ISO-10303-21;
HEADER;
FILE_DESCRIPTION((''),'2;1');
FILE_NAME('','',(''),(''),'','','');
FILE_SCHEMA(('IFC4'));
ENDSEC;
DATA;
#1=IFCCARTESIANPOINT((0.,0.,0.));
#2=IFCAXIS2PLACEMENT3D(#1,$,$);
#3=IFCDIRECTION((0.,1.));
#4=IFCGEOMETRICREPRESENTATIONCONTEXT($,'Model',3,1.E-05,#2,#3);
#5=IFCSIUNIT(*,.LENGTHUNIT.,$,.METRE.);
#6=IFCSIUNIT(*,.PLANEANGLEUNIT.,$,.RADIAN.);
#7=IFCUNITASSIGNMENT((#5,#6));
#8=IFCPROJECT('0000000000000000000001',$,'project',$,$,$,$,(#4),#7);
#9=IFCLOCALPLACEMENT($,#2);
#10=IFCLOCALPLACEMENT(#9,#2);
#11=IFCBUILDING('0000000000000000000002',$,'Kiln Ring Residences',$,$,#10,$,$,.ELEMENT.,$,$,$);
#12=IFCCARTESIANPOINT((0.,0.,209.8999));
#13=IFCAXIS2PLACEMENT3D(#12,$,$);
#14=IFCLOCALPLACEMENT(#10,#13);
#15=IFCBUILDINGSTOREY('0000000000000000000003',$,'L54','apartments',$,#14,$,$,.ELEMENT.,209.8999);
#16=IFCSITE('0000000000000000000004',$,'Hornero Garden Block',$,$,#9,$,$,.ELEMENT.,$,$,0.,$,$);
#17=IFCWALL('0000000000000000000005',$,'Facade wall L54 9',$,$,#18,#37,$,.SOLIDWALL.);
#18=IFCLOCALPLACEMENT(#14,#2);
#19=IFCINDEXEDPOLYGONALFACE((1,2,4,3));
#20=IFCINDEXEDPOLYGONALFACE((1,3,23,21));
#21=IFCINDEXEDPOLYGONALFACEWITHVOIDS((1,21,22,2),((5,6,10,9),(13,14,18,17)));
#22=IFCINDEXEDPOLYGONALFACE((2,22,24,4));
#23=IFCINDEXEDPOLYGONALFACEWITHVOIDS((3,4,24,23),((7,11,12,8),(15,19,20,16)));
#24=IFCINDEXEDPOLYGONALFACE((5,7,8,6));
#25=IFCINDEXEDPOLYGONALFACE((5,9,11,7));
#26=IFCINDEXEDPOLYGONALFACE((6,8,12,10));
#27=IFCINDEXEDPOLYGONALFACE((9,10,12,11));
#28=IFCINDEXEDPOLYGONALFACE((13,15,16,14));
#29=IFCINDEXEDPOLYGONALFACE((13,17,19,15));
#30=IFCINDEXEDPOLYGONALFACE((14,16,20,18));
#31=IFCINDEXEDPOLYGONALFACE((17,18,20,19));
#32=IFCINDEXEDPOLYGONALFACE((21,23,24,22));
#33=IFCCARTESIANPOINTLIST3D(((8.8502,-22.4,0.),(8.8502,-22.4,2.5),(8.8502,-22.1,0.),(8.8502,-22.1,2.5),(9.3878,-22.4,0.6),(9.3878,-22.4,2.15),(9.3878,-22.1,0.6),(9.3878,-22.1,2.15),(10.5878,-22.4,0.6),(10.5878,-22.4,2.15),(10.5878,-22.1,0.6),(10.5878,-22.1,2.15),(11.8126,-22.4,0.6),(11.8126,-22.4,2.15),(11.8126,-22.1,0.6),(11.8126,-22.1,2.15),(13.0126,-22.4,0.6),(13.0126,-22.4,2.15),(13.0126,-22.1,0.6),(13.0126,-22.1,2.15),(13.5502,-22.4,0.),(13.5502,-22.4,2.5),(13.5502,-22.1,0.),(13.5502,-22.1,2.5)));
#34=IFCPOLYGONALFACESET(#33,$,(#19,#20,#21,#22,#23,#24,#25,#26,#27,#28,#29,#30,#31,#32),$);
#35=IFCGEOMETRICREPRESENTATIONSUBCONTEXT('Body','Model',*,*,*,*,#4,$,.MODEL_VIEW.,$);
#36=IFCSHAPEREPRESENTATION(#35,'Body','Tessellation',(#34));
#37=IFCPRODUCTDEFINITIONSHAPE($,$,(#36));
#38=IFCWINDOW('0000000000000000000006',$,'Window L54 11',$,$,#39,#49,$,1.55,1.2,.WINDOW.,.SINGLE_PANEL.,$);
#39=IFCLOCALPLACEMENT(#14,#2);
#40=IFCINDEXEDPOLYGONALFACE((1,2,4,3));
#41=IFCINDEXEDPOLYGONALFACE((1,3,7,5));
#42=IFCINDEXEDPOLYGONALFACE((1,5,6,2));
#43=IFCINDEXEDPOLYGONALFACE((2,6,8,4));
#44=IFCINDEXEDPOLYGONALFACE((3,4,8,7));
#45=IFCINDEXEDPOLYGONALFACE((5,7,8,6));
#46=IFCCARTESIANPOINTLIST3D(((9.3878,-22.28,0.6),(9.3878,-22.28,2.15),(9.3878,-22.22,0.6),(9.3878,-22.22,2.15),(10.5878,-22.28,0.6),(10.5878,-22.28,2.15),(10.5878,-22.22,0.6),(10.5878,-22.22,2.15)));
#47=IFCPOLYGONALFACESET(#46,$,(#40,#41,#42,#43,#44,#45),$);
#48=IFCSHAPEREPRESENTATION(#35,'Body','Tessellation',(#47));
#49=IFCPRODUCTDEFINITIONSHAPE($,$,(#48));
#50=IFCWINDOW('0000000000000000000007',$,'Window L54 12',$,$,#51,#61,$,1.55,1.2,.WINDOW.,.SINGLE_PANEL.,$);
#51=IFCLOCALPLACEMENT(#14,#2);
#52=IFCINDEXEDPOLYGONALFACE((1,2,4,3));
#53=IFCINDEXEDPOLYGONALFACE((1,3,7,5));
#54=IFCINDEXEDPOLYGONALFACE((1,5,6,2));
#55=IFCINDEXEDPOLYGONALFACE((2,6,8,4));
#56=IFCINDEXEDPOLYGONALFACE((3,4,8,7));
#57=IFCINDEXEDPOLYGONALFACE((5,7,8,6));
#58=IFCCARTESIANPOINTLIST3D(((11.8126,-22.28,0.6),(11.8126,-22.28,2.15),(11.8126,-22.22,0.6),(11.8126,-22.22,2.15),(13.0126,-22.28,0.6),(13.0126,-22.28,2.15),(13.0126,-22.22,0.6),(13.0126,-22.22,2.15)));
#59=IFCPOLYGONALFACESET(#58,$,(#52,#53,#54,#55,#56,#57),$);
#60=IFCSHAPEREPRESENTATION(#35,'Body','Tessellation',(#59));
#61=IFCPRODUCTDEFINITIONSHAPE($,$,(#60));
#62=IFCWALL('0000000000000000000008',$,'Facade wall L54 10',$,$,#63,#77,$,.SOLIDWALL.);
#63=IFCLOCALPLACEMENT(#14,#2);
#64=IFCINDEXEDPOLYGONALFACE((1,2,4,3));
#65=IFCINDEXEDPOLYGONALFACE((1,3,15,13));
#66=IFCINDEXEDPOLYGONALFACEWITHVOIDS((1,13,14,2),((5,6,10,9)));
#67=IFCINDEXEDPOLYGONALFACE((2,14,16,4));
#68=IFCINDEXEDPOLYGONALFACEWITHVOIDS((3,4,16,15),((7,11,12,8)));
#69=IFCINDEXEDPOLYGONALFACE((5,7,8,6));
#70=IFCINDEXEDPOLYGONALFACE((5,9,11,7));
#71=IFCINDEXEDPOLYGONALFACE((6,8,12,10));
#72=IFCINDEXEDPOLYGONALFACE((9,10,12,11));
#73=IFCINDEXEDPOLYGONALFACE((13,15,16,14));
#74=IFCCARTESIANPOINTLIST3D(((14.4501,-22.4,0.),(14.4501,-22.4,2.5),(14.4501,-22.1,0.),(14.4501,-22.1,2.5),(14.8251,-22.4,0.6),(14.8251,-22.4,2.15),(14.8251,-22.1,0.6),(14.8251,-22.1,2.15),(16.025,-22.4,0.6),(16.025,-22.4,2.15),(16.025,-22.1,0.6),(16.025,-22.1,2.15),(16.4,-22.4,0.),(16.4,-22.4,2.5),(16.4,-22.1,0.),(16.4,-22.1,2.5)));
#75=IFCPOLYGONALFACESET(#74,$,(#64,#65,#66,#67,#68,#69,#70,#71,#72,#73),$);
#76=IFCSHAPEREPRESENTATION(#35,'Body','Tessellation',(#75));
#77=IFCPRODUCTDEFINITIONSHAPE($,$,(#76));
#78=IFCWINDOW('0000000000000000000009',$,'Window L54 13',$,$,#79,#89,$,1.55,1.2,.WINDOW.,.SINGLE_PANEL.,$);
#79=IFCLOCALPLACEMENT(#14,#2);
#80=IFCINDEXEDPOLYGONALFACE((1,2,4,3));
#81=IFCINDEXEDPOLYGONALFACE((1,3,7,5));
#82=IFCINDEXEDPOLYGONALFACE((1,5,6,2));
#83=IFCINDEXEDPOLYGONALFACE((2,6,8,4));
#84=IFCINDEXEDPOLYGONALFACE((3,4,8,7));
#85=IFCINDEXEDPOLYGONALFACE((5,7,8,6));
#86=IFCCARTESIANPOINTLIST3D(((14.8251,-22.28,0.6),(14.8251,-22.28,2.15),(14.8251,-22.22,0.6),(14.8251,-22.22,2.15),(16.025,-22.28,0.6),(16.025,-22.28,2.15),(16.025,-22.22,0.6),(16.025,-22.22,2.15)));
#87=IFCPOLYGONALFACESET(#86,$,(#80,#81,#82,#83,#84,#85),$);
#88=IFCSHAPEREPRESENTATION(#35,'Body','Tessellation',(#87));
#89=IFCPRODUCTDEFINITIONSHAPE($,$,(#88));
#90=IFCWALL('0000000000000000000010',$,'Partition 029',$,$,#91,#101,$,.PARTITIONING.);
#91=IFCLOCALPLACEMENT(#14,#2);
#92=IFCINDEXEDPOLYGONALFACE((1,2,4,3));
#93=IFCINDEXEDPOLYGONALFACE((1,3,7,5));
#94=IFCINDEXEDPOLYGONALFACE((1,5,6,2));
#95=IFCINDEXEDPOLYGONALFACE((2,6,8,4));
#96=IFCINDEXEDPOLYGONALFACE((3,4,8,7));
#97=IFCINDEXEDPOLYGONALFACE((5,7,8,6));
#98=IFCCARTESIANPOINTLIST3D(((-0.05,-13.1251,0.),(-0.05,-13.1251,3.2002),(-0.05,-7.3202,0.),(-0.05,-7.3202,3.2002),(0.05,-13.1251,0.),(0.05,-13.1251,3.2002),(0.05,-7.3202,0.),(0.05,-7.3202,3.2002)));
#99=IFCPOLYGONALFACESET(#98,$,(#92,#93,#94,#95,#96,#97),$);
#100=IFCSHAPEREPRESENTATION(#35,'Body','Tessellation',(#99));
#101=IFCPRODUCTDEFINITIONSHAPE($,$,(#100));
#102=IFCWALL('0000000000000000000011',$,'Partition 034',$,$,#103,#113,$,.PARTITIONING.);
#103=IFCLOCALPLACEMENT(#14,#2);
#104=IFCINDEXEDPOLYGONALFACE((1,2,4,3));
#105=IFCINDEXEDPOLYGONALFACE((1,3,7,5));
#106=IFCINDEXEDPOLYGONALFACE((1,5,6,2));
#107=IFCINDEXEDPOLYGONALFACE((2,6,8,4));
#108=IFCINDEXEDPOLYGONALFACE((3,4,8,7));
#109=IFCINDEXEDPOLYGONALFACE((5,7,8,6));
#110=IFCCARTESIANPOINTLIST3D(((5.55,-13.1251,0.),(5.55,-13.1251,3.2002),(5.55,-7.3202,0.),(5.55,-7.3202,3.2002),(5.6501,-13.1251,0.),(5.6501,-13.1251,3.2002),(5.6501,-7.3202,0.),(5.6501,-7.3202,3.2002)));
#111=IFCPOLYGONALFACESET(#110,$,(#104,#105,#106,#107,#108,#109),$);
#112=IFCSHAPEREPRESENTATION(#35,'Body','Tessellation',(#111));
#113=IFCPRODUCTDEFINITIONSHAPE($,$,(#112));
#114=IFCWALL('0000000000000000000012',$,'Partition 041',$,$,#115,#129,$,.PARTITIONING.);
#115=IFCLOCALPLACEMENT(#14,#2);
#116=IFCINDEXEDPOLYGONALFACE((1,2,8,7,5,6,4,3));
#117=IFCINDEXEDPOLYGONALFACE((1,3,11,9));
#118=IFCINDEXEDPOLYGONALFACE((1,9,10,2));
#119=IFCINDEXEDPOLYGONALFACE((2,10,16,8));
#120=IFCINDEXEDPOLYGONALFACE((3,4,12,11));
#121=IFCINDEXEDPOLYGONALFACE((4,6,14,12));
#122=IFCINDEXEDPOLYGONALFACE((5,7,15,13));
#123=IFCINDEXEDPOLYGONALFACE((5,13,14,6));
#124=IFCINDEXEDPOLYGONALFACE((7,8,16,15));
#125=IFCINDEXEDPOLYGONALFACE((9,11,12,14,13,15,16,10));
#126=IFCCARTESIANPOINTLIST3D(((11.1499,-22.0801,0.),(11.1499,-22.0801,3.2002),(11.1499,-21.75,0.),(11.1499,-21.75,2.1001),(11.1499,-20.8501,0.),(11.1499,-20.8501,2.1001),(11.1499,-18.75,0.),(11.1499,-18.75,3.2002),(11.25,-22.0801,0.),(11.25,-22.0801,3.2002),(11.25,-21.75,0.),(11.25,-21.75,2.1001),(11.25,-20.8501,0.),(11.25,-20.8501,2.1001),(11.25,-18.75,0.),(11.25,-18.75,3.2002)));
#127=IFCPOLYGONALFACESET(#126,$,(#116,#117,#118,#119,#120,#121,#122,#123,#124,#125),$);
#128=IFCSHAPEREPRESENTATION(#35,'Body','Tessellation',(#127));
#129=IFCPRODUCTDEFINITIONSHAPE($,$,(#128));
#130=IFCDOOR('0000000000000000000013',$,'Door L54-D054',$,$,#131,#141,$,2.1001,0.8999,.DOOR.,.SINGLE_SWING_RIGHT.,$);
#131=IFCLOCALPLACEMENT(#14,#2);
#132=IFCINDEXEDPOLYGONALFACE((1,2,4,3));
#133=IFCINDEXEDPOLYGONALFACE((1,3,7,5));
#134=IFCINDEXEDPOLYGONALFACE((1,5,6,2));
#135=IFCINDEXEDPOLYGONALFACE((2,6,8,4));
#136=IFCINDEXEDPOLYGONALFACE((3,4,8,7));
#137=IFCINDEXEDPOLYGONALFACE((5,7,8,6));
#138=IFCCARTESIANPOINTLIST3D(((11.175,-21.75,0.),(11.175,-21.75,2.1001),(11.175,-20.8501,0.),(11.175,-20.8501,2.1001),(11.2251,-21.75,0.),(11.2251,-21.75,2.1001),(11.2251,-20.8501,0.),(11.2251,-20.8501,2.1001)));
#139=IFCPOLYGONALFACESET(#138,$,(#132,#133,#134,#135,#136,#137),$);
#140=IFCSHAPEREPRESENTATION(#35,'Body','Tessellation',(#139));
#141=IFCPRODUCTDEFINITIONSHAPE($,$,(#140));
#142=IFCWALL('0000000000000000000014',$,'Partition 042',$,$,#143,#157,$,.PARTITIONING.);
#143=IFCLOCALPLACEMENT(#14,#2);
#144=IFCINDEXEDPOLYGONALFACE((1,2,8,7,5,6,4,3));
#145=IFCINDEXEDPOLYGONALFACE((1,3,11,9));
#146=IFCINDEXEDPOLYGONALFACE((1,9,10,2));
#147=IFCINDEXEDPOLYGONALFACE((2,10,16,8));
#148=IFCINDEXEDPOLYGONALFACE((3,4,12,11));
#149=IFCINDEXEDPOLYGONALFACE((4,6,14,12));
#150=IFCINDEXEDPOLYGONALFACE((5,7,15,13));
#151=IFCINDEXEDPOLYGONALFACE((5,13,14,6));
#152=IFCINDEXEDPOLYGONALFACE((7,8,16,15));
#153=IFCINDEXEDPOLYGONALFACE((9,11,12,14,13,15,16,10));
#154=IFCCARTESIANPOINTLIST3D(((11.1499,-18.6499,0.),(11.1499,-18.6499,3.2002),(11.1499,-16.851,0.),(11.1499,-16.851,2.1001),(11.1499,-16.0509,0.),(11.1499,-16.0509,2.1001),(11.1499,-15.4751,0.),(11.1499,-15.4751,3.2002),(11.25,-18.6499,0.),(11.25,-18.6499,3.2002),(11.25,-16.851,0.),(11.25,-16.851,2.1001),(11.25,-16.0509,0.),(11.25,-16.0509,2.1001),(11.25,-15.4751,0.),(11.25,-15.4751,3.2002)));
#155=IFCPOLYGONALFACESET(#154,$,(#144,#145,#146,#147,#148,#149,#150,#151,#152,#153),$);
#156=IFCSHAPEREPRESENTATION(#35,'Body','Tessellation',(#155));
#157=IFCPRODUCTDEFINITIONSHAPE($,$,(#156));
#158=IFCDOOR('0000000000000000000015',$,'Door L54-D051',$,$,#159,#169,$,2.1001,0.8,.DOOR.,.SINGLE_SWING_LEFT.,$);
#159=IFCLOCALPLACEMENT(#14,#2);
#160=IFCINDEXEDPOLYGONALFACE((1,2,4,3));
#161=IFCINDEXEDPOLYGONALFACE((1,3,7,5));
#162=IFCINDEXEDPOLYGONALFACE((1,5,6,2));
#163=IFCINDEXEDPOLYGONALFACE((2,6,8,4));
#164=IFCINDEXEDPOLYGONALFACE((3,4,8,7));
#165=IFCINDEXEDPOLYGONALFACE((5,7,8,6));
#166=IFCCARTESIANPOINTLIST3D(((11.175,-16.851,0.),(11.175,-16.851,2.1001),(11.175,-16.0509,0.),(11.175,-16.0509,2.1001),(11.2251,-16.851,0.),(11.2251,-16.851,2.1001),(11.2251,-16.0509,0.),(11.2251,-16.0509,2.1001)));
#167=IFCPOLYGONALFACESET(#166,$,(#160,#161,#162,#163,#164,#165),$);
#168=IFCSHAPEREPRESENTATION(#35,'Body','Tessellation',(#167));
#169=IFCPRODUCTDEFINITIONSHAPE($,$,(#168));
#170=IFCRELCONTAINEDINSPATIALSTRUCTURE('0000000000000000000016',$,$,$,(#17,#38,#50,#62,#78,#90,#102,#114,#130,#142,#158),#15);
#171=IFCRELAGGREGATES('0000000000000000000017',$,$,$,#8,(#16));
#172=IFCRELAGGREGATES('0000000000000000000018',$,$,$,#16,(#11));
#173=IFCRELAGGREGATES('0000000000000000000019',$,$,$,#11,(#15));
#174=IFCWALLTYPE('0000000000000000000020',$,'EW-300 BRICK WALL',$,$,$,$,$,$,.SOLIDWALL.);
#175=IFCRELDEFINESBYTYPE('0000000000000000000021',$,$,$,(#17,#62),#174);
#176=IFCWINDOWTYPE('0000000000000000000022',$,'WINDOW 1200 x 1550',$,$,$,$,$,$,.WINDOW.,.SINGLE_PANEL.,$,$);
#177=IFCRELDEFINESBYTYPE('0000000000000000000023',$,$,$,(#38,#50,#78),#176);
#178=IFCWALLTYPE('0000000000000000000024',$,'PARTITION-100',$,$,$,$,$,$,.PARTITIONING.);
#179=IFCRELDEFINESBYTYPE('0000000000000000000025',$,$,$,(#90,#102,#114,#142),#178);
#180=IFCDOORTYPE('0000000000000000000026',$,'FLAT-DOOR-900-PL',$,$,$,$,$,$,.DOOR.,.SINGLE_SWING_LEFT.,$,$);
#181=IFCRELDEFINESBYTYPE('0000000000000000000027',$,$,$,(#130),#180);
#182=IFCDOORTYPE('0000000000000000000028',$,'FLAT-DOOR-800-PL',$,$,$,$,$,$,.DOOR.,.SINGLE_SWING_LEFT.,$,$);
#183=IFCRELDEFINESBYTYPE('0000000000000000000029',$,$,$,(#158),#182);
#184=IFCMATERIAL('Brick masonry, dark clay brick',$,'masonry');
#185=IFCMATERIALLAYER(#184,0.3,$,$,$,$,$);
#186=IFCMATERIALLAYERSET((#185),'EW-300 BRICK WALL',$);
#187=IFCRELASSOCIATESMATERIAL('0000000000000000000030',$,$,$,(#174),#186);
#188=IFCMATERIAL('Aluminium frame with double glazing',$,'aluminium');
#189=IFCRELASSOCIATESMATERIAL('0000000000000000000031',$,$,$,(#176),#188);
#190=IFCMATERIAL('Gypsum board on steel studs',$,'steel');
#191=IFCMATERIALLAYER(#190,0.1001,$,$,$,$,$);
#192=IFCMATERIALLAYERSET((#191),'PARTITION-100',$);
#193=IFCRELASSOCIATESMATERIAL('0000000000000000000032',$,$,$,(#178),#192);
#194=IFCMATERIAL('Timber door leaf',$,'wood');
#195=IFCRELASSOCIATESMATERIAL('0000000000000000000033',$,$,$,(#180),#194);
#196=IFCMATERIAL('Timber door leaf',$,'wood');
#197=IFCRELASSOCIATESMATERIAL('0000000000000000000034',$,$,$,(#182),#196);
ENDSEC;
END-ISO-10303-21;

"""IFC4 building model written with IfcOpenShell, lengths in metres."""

from ifc_helpers import new_model, si_unit, direction, frame, frame_2d, origin, place, context, subcontext, project, spatial, rectangle, extrude, material, layer, layer_set, type_object, element, fill, save


model = new_model("IFC4")

# Units and contexts
model_context = context("Model", 3, precision=1e-05, world=origin(), true_north=direction((0.0, 1.0)))
body_context = subcontext(model_context, "Body", "Model", "MODEL_VIEW")
ifc_project = project(units=[si_unit("LENGTHUNIT", "METRE"), si_unit("PLANEANGLEUNIT", "RADIAN")], contexts=[model_context])

# Site, building, storey
site_placement = place(None, origin())
site = spatial("IfcSite", under=ifc_project, at=site_placement, Name="Hornero Garden Block", CompositionType="ELEMENT", RefElevation=0.0)
building_placement = place(site_placement, origin())
building = spatial("IfcBuilding", under=site, at=building_placement, Name="Kiln Ring Residences", CompositionType="ELEMENT")
storey_placement = place(building_placement, frame((0.0, 0.0, 209.8999)))
storey = spatial("IfcBuildingStorey", under=building, at=storey_placement, Name="L54", Description="apartments", CompositionType="ELEMENT", Elevation=209.8999)

# Wall, openings, windows
ifc_material_1 = material(Name="Brick masonry, dark clay brick", Category="masonry")
ifc_layer_1 = layer(ifc_material_1, 0.3)
ifc_layer_set_1 = layer_set([ifc_layer_1], Name="EW-300 BRICK WALL")
wall_type_1 = type_object("IfcWallType", Name="EW-300 BRICK WALL", PredefinedType="SOLIDWALL", material=ifc_layer_set_1)
ifc_material_2 = material(Name="Aluminium frame with double glazing", Category="aluminium")
window_type = type_object("IfcWindowType", Name="WINDOW 1200 x 1550", PartitioningType="SINGLE_PANEL", PredefinedType="WINDOW", material=ifc_material_2)
wall_1_placement = place(storey_placement, frame((8.8501, -22.25, 0.0), z_axis=(0.0, 0.0, 1.0), x_axis=(1.0, 0.0, 0.0)))
wall_1 = element("IfcWall", 1, at=wall_1_placement, inside=storey, type_object=wall_type_1, Name="Facade wall L54 9", PredefinedType="SOLIDWALL", context=body_context, shape_type="SweptSolid", body=[
    extrude(rectangle(XDim=4.7, YDim=0.3, at=frame_2d((2.3501, 0.0))), origin(), (0.0, 0.0, 1.0), 2.5),
])
opening_1_placement = place(wall_1_placement, frame((0.5376, 0.0, 0.6001)))
opening_1 = element("IfcOpeningElement", 2, at=opening_1_placement, cuts=wall_1, PredefinedType="OPENING", context=body_context, shape_type="SweptSolid", body=[
    extrude(rectangle(XDim=1.2, YDim=1.55, at=frame_2d((0.6001, 0.7749))), frame((0.0, 0.1599, 0.0), z_axis=(0.0, -1.0, 0.0), x_axis=(1.0, 0.0, 0.0)), (0.0, 0.0, 1.0), 0.3201),
])
opening_2_placement = place(wall_1_placement, frame((2.9624, 0.0, 0.6001)))
opening_2 = element("IfcOpeningElement", 3, at=opening_2_placement, cuts=wall_1, PredefinedType="OPENING", context=body_context, shape_type="SweptSolid", body=[
    extrude(rectangle(XDim=1.2, YDim=1.55, at=frame_2d((0.6001, 0.7749))), frame((0.0, 0.1599, 0.0), z_axis=(0.0, -1.0, 0.0), x_axis=(1.0, 0.0, 0.0)), (0.0, 0.0, 1.0), 0.3201),
])
window_1_placement = place(opening_1_placement, origin())
window_1 = element("IfcWindow", 4, at=window_1_placement, inside=storey, type_object=window_type, Name="Window L54 11", OverallHeight=1.55, OverallWidth=1.2, PartitioningType="SINGLE_PANEL", PredefinedType="WINDOW", context=body_context, shape_type="SweptSolid", body=[
    extrude(rectangle(XDim=1.2, YDim=1.55, at=frame_2d((0.6001, 0.7749))), frame((0.0, 0.03, 0.0), z_axis=(0.0, -1.0, 0.0), x_axis=(1.0, 0.0, 0.0)), (0.0, 0.0, 1.0), 0.0601),
])
fill(opening_1, window_1)
window_2_placement = place(opening_2_placement, origin())
window_2 = element("IfcWindow", 5, at=window_2_placement, inside=storey, type_object=window_type, Name="Window L54 12", OverallHeight=1.55, OverallWidth=1.2, PartitioningType="SINGLE_PANEL", PredefinedType="WINDOW", context=body_context, shape_type="SweptSolid", body=[
    extrude(rectangle(XDim=1.2, YDim=1.55, at=frame_2d((0.6001, 0.7749))), frame((0.0, 0.03, 0.0), z_axis=(0.0, -1.0, 0.0), x_axis=(1.0, 0.0, 0.0)), (0.0, 0.0, 1.0), 0.0601),
])
fill(opening_2, window_2)

# Wall, opening, window
wall_2_placement = place(storey_placement, frame((14.45, -22.25, 0.0), z_axis=(0.0, 0.0, 1.0), x_axis=(1.0, 0.0, 0.0)))
wall_2 = element("IfcWall", 6, at=wall_2_placement, inside=storey, type_object=wall_type_1, Name="Facade wall L54 10", PredefinedType="SOLIDWALL", context=body_context, shape_type="SweptSolid", body=[
    extrude(rectangle(XDim=1.95, YDim=0.3, at=frame_2d((0.9751, 0.0))), origin(), (0.0, 0.0, 1.0), 2.5),
])
opening_3_placement = place(wall_2_placement, frame((0.375, 0.0, 0.6001)))
opening_3 = element("IfcOpeningElement", 7, at=opening_3_placement, cuts=wall_2, PredefinedType="OPENING", context=body_context, shape_type="SweptSolid", body=[
    extrude(rectangle(XDim=1.2, YDim=1.55, at=frame_2d((0.6001, 0.7749))), frame((0.0, 0.1599, 0.0), z_axis=(0.0, -1.0, 0.0), x_axis=(1.0, 0.0, 0.0)), (0.0, 0.0, 1.0), 0.3201),
])
window_3_placement = place(opening_3_placement, origin())
window_3 = element("IfcWindow", 8, at=window_3_placement, inside=storey, type_object=window_type, Name="Window L54 13", OverallHeight=1.55, OverallWidth=1.2, PartitioningType="SINGLE_PANEL", PredefinedType="WINDOW", context=body_context, shape_type="SweptSolid", body=[
    extrude(rectangle(XDim=1.2, YDim=1.55, at=frame_2d((0.6001, 0.7749))), frame((0.0, 0.03, 0.0), z_axis=(0.0, -1.0, 0.0), x_axis=(1.0, 0.0, 0.0)), (0.0, 0.0, 1.0), 0.0601),
])
fill(opening_3, window_3)

# Walls
ifc_material_3 = material(Name="Gypsum board on steel studs", Category="steel")
ifc_layer_2 = layer(ifc_material_3, 0.1001)
ifc_layer_set_2 = layer_set([ifc_layer_2], Name="PARTITION-100")
wall_type_2 = type_object("IfcWallType", Name="PARTITION-100", PredefinedType="PARTITIONING", material=ifc_layer_set_2)
for number, where, z_axis, x_axis, name in (
    (9, (0.0, -13.125, 0.0), (0.0, 0.0, 1.0), (0.0, 1.0, 0.0), "Partition 029"),
    (10, (5.6001, -13.125, 0.0), (0.0, 0.0, 1.0), (0.0, 1.0, 0.0), "Partition 034"),
):
    element("IfcWall", number, at=place(storey_placement, frame(where, z_axis=z_axis, x_axis=x_axis)), inside=storey, type_object=wall_type_2, Name=name, PredefinedType="PARTITIONING", context=body_context, shape_type="SweptSolid", body=[
        extrude(rectangle(XDim=5.8049, YDim=0.1001, at=frame_2d((2.9023, 0.0))), origin(), (0.0, 0.0, 1.0), 3.2002),
    ])

# Walls, openings, doors
wall_3_placement = place(storey_placement, frame((11.2, -22.0801, 0.0), z_axis=(0.0, 0.0, 1.0), x_axis=(0.0, 1.0, 0.0)))
wall_3 = element("IfcWall", 11, at=wall_3_placement, inside=storey, type_object=wall_type_2, Name="Partition 041", PredefinedType="PARTITIONING", context=body_context, shape_type="SweptSolid", body=[
    extrude(rectangle(XDim=3.3301, YDim=0.1001, at=frame_2d((1.665, 0.0))), origin(), (0.0, 0.0, 1.0), 3.2002),
])
opening_4_placement = place(wall_3_placement, frame((0.3301, 0.0, 0.0)))
opening_4 = element("IfcOpeningElement", 12, at=opening_4_placement, cuts=wall_3, PredefinedType="OPENING", context=body_context, shape_type="SweptSolid", body=[
    extrude(rectangle(XDim=0.8999, YDim=2.1001, at=frame_2d((0.45, 1.05))), frame((0.0, 0.0601, 0.0), z_axis=(0.0, -1.0, 0.0), x_axis=(1.0, 0.0, 0.0)), (0.0, 0.0, 1.0), 0.1201),
])
ifc_material_4 = material(Name="Timber door leaf", Category="wood")
door_type_1 = type_object("IfcDoorType", Name="FLAT-DOOR-900-PL", OperationType="SINGLE_SWING_LEFT", PredefinedType="DOOR", material=ifc_material_4)
door_1_placement = place(opening_4_placement, origin())
door_1 = element("IfcDoor", 13, at=door_1_placement, inside=storey, type_object=door_type_1, Name="Door L54-D054", OperationType="SINGLE_SWING_RIGHT", OverallHeight=2.1001, OverallWidth=0.8999, PredefinedType="DOOR", context=body_context, shape_type="SweptSolid", body=[
    extrude(rectangle(XDim=0.8999, YDim=2.1001, at=frame_2d((0.45, 1.05))), frame((0.0, 0.0249, 0.0), z_axis=(0.0, -1.0, 0.0), x_axis=(1.0, 0.0, 0.0)), (0.0, 0.0, 1.0), 0.05),
])
fill(opening_4, door_1)
wall_4_placement = place(storey_placement, frame((11.2, -18.6499, 0.0), z_axis=(0.0, 0.0, 1.0), x_axis=(0.0, 1.0, 0.0)))
wall_4 = element("IfcWall", 14, at=wall_4_placement, inside=storey, type_object=wall_type_2, Name="Partition 042", PredefinedType="PARTITIONING", context=body_context, shape_type="SweptSolid", body=[
    extrude(rectangle(XDim=3.1748, YDim=0.1001, at=frame_2d((1.5874, 0.0))), origin(), (0.0, 0.0, 1.0), 3.2002),
])
opening_5_placement = place(wall_4_placement, frame((1.7991, 0.0, 0.0)))
opening_5 = element("IfcOpeningElement", 15, at=opening_5_placement, cuts=wall_4, PredefinedType="OPENING", context=body_context, shape_type="SweptSolid", body=[
    extrude(rectangle(XDim=0.8, YDim=2.1001, at=frame_2d((0.3999, 1.05))), frame((0.0, 0.0601, 0.0), z_axis=(0.0, -1.0, 0.0), x_axis=(1.0, 0.0, 0.0)), (0.0, 0.0, 1.0), 0.1201),
])
ifc_material_5 = material(Name="Timber door leaf", Category="wood")
door_type_2 = type_object("IfcDoorType", Name="FLAT-DOOR-800-PL", OperationType="SINGLE_SWING_LEFT", PredefinedType="DOOR", material=ifc_material_5)
door_2_placement = place(opening_5_placement, origin())
door_2 = element("IfcDoor", 16, at=door_2_placement, inside=storey, type_object=door_type_2, Name="Door L54-D051", OperationType="SINGLE_SWING_LEFT", OverallHeight=2.1001, OverallWidth=0.8, PredefinedType="DOOR", context=body_context, shape_type="SweptSolid", body=[
    extrude(rectangle(XDim=0.8, YDim=2.1001, at=frame_2d((0.3999, 1.05))), frame((0.0, 0.0249, 0.0), z_axis=(0.0, -1.0, 0.0), x_axis=(1.0, 0.0, 0.0)), (0.0, 0.0, 1.0), 0.05),
])
fill(opening_5, door_2)

save(model, "model.ifc")
